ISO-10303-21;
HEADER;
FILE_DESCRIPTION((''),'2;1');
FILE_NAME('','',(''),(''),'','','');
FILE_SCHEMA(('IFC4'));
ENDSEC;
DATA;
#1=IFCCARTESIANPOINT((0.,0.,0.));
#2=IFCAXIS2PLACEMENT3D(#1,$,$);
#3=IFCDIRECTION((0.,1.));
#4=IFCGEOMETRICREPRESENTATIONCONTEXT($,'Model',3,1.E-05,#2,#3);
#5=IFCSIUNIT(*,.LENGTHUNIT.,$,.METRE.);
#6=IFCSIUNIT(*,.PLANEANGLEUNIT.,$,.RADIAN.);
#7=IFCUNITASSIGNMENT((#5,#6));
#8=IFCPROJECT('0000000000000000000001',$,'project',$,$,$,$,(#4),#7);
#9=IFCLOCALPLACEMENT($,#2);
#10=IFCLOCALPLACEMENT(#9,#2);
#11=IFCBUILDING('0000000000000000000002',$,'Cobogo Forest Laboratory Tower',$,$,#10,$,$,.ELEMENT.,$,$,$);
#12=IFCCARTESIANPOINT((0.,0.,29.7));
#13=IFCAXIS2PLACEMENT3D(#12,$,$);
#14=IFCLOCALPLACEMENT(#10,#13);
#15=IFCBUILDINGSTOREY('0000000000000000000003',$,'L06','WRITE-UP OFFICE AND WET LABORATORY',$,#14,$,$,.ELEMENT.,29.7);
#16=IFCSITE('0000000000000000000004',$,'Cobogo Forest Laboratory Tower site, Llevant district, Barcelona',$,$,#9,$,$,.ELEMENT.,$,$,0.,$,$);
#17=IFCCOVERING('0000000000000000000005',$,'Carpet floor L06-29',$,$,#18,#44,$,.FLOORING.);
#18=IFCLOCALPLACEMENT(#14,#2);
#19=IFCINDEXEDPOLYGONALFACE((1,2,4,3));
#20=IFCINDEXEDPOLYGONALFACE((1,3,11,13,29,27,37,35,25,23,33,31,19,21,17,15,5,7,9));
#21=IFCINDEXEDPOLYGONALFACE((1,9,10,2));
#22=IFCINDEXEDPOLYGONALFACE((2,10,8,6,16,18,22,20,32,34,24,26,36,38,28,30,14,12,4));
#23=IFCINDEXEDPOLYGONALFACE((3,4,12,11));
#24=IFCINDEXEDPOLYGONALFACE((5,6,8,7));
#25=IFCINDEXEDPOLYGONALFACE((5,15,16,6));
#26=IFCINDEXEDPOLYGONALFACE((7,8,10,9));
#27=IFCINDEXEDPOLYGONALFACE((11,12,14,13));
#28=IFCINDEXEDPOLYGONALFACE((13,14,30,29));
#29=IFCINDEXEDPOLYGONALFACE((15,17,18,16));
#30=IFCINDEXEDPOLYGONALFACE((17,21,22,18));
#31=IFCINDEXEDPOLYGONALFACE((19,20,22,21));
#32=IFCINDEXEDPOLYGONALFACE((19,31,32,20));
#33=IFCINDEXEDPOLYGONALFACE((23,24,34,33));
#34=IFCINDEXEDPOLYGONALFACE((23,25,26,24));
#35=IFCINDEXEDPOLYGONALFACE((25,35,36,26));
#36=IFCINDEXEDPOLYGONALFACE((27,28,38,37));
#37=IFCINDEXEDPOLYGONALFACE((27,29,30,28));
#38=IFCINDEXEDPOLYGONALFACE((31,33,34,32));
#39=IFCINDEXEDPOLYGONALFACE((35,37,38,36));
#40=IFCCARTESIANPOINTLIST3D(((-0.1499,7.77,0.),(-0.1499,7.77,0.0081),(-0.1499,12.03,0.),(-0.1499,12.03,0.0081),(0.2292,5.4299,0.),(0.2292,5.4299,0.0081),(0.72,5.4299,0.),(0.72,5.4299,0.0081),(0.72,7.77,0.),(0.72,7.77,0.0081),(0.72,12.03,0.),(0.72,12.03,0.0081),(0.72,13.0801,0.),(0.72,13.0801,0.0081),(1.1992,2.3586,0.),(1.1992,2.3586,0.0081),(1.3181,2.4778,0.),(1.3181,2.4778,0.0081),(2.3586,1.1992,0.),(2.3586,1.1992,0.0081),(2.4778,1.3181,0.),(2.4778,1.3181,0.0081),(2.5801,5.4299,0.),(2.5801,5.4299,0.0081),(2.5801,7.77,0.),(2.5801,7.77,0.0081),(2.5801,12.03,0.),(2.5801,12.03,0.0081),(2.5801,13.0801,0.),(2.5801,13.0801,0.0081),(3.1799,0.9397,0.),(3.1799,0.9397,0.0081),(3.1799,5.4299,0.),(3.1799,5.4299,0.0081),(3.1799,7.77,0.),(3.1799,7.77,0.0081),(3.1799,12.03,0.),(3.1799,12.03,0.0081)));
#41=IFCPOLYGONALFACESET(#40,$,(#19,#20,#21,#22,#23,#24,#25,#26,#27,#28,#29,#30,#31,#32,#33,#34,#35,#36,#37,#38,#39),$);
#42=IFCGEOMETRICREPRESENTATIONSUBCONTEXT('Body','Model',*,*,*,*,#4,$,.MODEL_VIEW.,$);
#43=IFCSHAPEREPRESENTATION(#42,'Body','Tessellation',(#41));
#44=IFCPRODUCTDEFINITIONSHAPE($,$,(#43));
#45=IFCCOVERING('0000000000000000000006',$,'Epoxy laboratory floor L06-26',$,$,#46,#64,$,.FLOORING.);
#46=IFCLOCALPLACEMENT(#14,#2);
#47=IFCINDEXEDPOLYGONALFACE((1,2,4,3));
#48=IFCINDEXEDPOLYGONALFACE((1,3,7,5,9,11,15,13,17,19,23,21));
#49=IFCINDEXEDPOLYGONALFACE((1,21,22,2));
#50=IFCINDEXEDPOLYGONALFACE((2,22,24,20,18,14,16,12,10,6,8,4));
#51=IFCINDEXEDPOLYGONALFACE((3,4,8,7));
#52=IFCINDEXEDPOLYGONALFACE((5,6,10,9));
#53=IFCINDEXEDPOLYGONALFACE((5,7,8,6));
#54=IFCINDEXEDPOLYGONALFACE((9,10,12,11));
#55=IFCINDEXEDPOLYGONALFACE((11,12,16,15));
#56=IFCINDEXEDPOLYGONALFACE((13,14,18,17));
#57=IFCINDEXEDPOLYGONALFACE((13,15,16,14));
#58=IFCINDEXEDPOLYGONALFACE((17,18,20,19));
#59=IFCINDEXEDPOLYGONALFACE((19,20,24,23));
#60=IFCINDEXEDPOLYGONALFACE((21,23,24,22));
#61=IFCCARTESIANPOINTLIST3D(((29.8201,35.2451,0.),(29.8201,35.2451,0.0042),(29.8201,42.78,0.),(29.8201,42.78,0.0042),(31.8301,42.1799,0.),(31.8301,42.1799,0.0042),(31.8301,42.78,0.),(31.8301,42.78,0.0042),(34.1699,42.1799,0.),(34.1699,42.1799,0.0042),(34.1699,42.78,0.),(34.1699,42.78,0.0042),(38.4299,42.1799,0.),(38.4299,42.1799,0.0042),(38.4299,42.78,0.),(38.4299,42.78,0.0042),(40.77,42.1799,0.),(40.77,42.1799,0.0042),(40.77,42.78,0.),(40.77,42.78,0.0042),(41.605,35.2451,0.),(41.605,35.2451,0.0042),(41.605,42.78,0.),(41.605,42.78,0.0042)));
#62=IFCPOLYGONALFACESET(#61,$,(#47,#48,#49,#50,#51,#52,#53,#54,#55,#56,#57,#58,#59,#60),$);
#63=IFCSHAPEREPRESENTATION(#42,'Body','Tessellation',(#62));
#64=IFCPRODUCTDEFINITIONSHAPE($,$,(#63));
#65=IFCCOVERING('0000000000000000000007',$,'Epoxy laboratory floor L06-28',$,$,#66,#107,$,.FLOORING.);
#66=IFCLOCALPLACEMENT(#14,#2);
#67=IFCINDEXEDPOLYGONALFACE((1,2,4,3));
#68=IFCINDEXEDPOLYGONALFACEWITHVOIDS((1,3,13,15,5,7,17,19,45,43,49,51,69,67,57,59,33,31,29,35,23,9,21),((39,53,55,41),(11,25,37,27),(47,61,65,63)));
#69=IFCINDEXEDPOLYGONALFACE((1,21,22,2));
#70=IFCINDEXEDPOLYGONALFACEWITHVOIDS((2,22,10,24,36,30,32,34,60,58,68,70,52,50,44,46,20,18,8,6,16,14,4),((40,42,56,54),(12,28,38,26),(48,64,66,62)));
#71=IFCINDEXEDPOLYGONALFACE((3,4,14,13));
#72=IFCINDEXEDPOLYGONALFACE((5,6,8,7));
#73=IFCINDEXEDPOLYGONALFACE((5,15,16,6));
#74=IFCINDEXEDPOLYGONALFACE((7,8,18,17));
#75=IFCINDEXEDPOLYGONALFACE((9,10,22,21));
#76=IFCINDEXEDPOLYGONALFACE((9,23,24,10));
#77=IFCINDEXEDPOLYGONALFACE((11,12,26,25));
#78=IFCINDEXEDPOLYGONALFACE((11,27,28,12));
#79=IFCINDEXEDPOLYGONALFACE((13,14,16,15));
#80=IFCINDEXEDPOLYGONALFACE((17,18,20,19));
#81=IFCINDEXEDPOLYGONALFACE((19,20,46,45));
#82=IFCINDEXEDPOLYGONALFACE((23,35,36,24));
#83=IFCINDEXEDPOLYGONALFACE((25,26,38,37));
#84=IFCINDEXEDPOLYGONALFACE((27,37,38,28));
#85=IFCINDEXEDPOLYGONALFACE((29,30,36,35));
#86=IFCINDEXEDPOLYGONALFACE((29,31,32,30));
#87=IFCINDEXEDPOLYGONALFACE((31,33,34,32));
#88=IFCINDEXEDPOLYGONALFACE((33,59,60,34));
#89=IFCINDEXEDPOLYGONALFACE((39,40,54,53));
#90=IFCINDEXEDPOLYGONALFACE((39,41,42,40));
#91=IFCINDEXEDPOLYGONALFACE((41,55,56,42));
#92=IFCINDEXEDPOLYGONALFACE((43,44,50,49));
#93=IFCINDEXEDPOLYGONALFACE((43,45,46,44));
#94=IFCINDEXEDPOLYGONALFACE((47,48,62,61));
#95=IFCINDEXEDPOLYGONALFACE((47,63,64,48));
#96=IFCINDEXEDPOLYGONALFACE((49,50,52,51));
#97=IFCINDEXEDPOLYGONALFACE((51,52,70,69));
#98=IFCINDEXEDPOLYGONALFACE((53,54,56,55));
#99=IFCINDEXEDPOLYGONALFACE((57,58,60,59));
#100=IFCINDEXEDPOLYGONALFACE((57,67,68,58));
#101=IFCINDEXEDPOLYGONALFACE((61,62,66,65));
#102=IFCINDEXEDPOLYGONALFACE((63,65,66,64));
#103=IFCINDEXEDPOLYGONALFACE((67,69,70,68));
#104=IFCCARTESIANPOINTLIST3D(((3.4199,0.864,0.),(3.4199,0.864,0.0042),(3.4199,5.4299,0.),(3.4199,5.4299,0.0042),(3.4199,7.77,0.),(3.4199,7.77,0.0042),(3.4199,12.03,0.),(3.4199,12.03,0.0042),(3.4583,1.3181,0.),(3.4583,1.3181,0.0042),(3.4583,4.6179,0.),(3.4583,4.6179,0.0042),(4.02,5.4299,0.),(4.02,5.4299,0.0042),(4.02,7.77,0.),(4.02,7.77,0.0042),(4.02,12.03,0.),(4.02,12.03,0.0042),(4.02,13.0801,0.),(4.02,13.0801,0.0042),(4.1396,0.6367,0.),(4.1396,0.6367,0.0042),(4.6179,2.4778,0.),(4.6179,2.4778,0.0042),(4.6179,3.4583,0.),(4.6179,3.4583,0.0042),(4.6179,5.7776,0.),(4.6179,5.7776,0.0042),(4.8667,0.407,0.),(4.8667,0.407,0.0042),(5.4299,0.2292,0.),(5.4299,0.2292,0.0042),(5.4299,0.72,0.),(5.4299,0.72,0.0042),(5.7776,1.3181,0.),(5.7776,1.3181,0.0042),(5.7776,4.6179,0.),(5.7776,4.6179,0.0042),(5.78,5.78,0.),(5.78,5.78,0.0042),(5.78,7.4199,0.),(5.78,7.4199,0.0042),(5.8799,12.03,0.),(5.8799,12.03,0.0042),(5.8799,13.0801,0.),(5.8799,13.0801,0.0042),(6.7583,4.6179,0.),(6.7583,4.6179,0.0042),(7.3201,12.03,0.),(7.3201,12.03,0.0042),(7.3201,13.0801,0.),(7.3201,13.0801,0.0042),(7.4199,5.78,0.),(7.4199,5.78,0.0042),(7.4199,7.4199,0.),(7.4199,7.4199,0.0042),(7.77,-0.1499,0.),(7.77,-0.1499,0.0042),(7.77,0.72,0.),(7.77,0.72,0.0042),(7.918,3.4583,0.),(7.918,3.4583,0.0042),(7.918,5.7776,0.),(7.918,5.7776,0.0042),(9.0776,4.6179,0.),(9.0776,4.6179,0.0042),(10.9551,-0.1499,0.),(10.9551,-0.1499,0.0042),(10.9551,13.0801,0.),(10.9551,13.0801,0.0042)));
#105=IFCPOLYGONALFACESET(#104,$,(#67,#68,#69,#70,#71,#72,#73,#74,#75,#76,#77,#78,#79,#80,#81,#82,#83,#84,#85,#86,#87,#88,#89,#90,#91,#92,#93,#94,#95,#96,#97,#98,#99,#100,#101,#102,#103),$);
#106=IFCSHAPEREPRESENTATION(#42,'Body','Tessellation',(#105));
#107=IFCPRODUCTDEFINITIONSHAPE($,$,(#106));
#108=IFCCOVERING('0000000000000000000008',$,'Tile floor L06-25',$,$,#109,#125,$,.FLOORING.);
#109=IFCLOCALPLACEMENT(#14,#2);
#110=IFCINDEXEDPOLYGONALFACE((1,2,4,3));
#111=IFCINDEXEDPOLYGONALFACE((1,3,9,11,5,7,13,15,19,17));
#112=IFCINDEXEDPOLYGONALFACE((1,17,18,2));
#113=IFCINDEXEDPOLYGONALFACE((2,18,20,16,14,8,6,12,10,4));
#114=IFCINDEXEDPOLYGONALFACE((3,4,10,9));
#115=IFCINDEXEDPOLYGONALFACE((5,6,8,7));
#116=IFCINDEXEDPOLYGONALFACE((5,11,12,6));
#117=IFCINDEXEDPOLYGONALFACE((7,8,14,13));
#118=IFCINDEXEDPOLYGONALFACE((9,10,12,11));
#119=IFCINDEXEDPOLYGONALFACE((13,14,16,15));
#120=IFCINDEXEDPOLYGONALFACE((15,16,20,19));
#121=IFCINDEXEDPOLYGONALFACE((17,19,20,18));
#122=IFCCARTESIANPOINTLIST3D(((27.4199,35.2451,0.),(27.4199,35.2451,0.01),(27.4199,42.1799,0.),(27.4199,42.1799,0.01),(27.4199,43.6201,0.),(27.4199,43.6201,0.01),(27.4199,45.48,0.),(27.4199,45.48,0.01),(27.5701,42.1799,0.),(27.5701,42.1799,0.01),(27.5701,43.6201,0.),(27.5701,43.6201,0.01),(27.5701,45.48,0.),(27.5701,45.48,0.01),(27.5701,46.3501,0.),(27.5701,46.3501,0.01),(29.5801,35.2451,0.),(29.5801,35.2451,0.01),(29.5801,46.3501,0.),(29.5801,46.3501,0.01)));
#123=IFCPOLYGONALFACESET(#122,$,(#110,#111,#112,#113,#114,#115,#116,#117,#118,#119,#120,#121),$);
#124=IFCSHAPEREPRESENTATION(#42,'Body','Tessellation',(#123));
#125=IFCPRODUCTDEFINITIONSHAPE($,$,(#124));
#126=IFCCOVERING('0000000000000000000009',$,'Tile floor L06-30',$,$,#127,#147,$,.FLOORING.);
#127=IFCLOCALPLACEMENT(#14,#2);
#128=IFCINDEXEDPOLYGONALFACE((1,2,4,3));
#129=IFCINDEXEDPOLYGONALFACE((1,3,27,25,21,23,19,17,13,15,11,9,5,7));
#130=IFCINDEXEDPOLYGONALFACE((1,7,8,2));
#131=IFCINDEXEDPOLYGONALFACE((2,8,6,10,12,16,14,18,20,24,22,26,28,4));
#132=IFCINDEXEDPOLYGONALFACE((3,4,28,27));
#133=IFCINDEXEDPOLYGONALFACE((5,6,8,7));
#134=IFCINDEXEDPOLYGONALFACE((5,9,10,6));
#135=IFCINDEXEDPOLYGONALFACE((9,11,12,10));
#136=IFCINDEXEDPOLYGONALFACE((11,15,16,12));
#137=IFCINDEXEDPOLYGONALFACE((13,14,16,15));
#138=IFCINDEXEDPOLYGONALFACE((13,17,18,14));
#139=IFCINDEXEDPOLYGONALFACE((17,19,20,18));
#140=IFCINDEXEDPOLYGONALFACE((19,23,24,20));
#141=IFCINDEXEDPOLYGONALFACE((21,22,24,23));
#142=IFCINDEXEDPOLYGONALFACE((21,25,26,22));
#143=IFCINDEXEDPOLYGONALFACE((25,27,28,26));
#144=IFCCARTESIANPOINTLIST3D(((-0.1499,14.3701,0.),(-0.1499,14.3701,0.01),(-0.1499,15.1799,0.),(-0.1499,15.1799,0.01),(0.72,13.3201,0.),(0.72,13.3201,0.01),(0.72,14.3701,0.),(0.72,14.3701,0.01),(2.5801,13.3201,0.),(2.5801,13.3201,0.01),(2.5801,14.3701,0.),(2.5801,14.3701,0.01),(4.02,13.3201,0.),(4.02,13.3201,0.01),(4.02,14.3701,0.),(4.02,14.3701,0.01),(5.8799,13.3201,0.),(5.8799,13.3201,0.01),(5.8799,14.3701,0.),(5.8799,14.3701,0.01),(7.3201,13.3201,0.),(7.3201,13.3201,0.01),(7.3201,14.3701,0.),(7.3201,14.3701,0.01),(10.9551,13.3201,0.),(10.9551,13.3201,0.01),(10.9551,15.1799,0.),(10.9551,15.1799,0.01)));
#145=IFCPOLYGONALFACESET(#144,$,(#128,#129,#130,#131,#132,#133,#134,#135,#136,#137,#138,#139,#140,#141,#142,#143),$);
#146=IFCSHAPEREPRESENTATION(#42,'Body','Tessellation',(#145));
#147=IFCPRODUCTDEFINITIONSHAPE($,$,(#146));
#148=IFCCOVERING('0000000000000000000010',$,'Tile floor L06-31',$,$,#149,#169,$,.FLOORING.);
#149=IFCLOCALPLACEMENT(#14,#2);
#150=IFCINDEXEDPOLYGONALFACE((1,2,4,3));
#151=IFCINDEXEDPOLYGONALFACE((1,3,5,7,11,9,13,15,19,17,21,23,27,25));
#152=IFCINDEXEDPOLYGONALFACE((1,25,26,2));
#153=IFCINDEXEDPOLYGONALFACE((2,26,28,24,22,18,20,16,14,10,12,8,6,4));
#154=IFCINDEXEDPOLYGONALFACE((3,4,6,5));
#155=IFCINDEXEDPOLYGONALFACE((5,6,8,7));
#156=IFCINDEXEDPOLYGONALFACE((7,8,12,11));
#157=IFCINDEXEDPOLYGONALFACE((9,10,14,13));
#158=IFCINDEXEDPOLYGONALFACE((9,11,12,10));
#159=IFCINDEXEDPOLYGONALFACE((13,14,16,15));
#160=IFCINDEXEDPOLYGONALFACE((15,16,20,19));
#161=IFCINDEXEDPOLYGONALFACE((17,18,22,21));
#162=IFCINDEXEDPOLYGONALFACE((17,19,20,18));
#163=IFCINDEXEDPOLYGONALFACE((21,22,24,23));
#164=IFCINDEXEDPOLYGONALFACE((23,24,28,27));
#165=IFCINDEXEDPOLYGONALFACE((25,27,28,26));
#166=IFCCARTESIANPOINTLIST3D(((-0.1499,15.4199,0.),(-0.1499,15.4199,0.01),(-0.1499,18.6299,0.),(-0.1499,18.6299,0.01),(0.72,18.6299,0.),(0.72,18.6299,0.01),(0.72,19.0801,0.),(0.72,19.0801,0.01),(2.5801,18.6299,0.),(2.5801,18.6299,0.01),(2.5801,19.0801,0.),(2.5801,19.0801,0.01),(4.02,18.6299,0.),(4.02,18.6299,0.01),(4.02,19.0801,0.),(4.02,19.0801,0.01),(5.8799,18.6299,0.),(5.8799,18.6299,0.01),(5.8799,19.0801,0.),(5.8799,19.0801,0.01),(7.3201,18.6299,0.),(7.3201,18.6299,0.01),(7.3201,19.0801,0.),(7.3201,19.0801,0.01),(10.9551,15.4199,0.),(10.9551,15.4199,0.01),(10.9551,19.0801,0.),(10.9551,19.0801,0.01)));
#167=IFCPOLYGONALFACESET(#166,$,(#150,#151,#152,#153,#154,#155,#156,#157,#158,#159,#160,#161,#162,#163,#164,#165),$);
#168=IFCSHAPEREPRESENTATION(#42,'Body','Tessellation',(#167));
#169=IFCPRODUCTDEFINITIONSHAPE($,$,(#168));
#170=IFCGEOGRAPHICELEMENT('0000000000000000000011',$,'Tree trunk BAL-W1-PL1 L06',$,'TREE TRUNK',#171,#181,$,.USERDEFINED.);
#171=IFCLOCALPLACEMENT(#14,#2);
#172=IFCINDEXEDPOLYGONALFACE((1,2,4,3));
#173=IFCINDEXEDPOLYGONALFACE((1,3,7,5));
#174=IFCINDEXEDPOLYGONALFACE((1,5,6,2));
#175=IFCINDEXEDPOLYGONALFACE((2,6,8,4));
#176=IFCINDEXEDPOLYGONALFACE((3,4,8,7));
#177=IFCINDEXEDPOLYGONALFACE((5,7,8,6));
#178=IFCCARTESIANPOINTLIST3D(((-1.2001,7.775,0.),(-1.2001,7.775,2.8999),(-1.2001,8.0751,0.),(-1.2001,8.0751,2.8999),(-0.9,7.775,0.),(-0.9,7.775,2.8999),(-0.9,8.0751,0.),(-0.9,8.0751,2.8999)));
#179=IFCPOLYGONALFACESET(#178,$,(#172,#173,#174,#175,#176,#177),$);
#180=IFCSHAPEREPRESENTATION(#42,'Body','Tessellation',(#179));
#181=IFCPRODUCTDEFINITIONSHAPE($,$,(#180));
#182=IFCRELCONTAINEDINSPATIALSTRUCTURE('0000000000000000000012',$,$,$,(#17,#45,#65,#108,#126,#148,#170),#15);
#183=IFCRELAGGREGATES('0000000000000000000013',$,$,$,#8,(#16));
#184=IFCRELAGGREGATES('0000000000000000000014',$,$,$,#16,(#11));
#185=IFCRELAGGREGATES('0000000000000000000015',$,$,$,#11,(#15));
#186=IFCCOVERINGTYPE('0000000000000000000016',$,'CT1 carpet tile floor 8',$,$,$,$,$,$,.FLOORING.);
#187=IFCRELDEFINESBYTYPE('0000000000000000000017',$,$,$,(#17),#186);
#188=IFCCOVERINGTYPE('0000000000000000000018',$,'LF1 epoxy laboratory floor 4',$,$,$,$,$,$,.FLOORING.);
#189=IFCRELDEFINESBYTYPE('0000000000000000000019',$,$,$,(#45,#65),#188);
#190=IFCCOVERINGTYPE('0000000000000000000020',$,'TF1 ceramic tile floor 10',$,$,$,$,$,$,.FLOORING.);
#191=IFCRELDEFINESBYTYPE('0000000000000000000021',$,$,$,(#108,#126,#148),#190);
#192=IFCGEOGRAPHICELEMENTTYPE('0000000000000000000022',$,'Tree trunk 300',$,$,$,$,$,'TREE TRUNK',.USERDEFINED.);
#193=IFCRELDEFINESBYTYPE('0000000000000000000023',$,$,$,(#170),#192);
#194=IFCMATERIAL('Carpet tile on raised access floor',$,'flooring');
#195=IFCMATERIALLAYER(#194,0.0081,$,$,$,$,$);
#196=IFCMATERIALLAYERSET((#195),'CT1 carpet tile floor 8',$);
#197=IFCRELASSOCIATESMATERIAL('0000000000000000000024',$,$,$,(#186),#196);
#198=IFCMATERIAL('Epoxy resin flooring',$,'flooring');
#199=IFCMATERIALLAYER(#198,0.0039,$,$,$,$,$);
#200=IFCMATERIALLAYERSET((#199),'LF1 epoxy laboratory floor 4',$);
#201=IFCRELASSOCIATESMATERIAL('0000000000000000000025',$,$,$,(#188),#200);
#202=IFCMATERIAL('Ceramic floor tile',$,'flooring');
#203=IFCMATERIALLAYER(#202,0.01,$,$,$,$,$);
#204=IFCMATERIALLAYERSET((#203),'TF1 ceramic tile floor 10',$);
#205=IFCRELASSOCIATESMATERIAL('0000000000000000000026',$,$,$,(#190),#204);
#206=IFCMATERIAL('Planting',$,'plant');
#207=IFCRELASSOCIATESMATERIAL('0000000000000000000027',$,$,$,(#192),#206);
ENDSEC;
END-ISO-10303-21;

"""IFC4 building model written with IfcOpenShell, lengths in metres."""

from ifc_helpers import new_model, si_unit, direction, frame, origin, origin_2d, place, context, subcontext, project, spatial, polyline, rectangle, outline, extrude, material, layer, layer_set, type_object, element, save


model = new_model("IFC4")

# Units and contexts
model_context = context("Model", 3, precision=1e-05, world=origin(), true_north=direction((0.0, 1.0)))
body_context = subcontext(model_context, "Body", "Model", "MODEL_VIEW")
ifc_project = project(units=[si_unit("LENGTHUNIT", "METRE"), si_unit("PLANEANGLEUNIT", "RADIAN")], contexts=[model_context])

# Site, building, storey
site_placement = place(None, origin())
site = spatial("IfcSite", under=ifc_project, at=site_placement, Name="Cobogo Forest Laboratory Tower site, Llevant district, Barcelona", CompositionType="ELEMENT", RefElevation=0.0)
building_placement = place(site_placement, origin())
building = spatial("IfcBuilding", under=site, at=building_placement, Name="Cobogo Forest Laboratory Tower", CompositionType="ELEMENT")
storey_placement = place(building_placement, frame((0.0, 0.0, 29.7)))
storey = spatial("IfcBuildingStorey", under=building, at=storey_placement, Name="L06", Description="WRITE-UP OFFICE AND WET LABORATORY", CompositionType="ELEMENT", Elevation=29.7)

# Coverings
ifc_material_1 = material(Name="Carpet tile on raised access floor", Category="flooring")
ifc_layer_1 = layer(ifc_material_1, 0.0081)
ifc_layer_set_1 = layer_set([ifc_layer_1], Name="CT1 carpet tile floor 8")
covering_type_1 = type_object("IfcCoveringType", Name="CT1 carpet tile floor 8", PredefinedType="FLOORING", material=ifc_layer_set_1)
covering_1_placement = place(storey_placement, origin())
element("IfcCovering", 1, at=covering_1_placement, inside=storey, type_object=covering_type_1, Name="Carpet floor L06-29", PredefinedType="FLOORING", context=body_context, shape_type="SweptSolid", body=[
    extrude(outline(polyline([(3.1799, 7.77), (2.5801, 7.77), (2.5801, 5.4299), (3.1799, 5.4299), (3.1799, 0.9397), (2.3586, 1.1992), (2.4778, 1.3181), (1.3181, 2.4778), (1.1992, 2.3586), (0.2292, 5.4299), (0.72, 5.4299), (0.72, 7.77), (-0.1499, 7.77), (-0.1499, 12.03), (0.72, 12.03), (0.72, 13.0801), (2.5801, 13.0801), (2.5801, 12.03), (3.1799, 12.03), (3.1799, 7.77)])), origin(), (0.0, 0.0, 1.0), 0.0081),
])
ifc_material_2 = material(Name="Epoxy resin flooring", Category="flooring")
ifc_layer_2 = layer(ifc_material_2, 0.0039)
ifc_layer_set_2 = layer_set([ifc_layer_2], Name="LF1 epoxy laboratory floor 4")
covering_type_2 = type_object("IfcCoveringType", Name="LF1 epoxy laboratory floor 4", PredefinedType="FLOORING", material=ifc_layer_set_2)
covering_2_placement = place(storey_placement, origin())
element("IfcCovering", 2, at=covering_2_placement, inside=storey, type_object=covering_type_2, Name="Epoxy laboratory floor L06-26", PredefinedType="FLOORING", context=body_context, shape_type="SweptSolid", body=[
    extrude(outline(polyline([(29.8201, 42.78), (31.8301, 42.78), (31.8301, 42.1799), (34.1699, 42.1799), (34.1699, 42.78), (38.4299, 42.78), (38.4299, 42.1799), (40.77, 42.1799), (40.77, 42.78), (41.605, 42.78), (41.605, 35.2451), (29.8201, 35.2451), (29.8201, 42.78)])), origin(), (0.0, 0.0, 1.0), 0.0042),
])
covering_3_placement = place(storey_placement, origin())
element("IfcCovering", 3, at=covering_3_placement, inside=storey, type_object=covering_type_2, Name="Epoxy laboratory floor L06-28", PredefinedType="FLOORING", context=body_context, shape_type="SweptSolid", body=[
    extrude(outline(polyline([(5.8799, 13.0801), (5.8799, 12.03), (7.3201, 12.03), (7.3201, 13.0801), (10.9551, 13.0801), (10.9551, -0.1499), (7.77, -0.1499), (7.77, 0.72), (5.4299, 0.72), (5.4299, 0.2292), (4.8667, 0.407), (5.7776, 1.3181), (4.6179, 2.4778), (3.4583, 1.3181), (4.1396, 0.6367), (3.4199, 0.864), (3.4199, 5.4299), (4.02, 5.4299), (4.02, 7.77), (3.4199, 7.77), (3.4199, 12.03), (4.02, 12.03), (4.02, 13.0801), (5.8799, 13.0801)]), holes=[polyline([(7.918, 5.7776), (6.7583, 4.6179), (7.918, 3.4583), (9.0776, 4.6179), (7.918, 5.7776)]), polyline([(5.78, 7.4199), (5.78, 5.78), (7.4199, 5.78), (7.4199, 7.4199), (5.78, 7.4199)]), polyline([(3.4583, 4.6179), (4.6179, 3.4583), (5.7776, 4.6179), (4.6179, 5.7776), (3.4583, 4.6179)])]), origin(), (0.0, 0.0, 1.0), 0.0042),
])
ifc_material_3 = material(Name="Ceramic floor tile", Category="flooring")
ifc_layer_3 = layer(ifc_material_3, 0.01)
ifc_layer_set_3 = layer_set([ifc_layer_3], Name="TF1 ceramic tile floor 10")
covering_type_3 = type_object("IfcCoveringType", Name="TF1 ceramic tile floor 10", PredefinedType="FLOORING", material=ifc_layer_set_3)
covering_4_placement = place(storey_placement, origin())
element("IfcCovering", 4, at=covering_4_placement, inside=storey, type_object=covering_type_3, Name="Tile floor L06-25", PredefinedType="FLOORING", context=body_context, shape_type="SweptSolid", body=[
    extrude(outline(polyline([(27.4199, 35.2451), (27.4199, 42.1799), (27.5701, 42.1799), (27.5701, 43.6201), (27.4199, 43.6201), (27.4199, 45.48), (27.5701, 45.48), (27.5701, 46.3501), (29.5801, 46.3501), (29.5801, 35.2451), (27.4199, 35.2451)])), origin(), (0.0, 0.0, 1.0), 0.01),
])
covering_5_placement = place(storey_placement, origin())
element("IfcCovering", 5, at=covering_5_placement, inside=storey, type_object=covering_type_3, Name="Tile floor L06-30", PredefinedType="FLOORING", context=body_context, shape_type="SweptSolid", body=[
    extrude(outline(polyline([(10.9551, 13.3201), (7.3201, 13.3201), (7.3201, 14.3701), (5.8799, 14.3701), (5.8799, 13.3201), (4.02, 13.3201), (4.02, 14.3701), (2.5801, 14.3701), (2.5801, 13.3201), (0.72, 13.3201), (0.72, 14.3701), (-0.1499, 14.3701), (-0.1499, 15.1799), (10.9551, 15.1799), (10.9551, 13.3201)])), origin(), (0.0, 0.0, 1.0), 0.01),
])
covering_6_placement = place(storey_placement, origin())
element("IfcCovering", 6, at=covering_6_placement, inside=storey, type_object=covering_type_3, Name="Tile floor L06-31", PredefinedType="FLOORING", context=body_context, shape_type="SweptSolid", body=[
    extrude(outline(polyline([(10.9551, 15.4199), (-0.1499, 15.4199), (-0.1499, 18.6299), (0.72, 18.6299), (0.72, 19.0801), (2.5801, 19.0801), (2.5801, 18.6299), (4.02, 18.6299), (4.02, 19.0801), (5.8799, 19.0801), (5.8799, 18.6299), (7.3201, 18.6299), (7.3201, 19.0801), (10.9551, 19.0801), (10.9551, 15.4199)])), origin(), (0.0, 0.0, 1.0), 0.01),
])

# Geographic element
ifc_material_4 = material(Name="Planting", Category="plant")
geographic_element_type = type_object("IfcGeographicElementType", Name="Tree trunk 300", ElementType="TREE TRUNK", PredefinedType="USERDEFINED", material=ifc_material_4)
geographic_element_placement = place(storey_placement, frame((-1.05, 7.925, 0.0), z_axis=(0.0, 0.0, 1.0), x_axis=(1.0, 0.0, 0.0)))
element("IfcGeographicElement", 7, at=geographic_element_placement, inside=storey, type_object=geographic_element_type, Name="Tree trunk BAL-W1-PL1 L06", ObjectType="TREE TRUNK", PredefinedType="USERDEFINED", context=body_context, shape_type="SweptSolid", body=[
    extrude(rectangle(XDim=0.3, YDim=0.3, at=origin_2d()), origin(), (0.0, 0.0, 1.0), 2.8999),
])

save(model, "model.ifc")
